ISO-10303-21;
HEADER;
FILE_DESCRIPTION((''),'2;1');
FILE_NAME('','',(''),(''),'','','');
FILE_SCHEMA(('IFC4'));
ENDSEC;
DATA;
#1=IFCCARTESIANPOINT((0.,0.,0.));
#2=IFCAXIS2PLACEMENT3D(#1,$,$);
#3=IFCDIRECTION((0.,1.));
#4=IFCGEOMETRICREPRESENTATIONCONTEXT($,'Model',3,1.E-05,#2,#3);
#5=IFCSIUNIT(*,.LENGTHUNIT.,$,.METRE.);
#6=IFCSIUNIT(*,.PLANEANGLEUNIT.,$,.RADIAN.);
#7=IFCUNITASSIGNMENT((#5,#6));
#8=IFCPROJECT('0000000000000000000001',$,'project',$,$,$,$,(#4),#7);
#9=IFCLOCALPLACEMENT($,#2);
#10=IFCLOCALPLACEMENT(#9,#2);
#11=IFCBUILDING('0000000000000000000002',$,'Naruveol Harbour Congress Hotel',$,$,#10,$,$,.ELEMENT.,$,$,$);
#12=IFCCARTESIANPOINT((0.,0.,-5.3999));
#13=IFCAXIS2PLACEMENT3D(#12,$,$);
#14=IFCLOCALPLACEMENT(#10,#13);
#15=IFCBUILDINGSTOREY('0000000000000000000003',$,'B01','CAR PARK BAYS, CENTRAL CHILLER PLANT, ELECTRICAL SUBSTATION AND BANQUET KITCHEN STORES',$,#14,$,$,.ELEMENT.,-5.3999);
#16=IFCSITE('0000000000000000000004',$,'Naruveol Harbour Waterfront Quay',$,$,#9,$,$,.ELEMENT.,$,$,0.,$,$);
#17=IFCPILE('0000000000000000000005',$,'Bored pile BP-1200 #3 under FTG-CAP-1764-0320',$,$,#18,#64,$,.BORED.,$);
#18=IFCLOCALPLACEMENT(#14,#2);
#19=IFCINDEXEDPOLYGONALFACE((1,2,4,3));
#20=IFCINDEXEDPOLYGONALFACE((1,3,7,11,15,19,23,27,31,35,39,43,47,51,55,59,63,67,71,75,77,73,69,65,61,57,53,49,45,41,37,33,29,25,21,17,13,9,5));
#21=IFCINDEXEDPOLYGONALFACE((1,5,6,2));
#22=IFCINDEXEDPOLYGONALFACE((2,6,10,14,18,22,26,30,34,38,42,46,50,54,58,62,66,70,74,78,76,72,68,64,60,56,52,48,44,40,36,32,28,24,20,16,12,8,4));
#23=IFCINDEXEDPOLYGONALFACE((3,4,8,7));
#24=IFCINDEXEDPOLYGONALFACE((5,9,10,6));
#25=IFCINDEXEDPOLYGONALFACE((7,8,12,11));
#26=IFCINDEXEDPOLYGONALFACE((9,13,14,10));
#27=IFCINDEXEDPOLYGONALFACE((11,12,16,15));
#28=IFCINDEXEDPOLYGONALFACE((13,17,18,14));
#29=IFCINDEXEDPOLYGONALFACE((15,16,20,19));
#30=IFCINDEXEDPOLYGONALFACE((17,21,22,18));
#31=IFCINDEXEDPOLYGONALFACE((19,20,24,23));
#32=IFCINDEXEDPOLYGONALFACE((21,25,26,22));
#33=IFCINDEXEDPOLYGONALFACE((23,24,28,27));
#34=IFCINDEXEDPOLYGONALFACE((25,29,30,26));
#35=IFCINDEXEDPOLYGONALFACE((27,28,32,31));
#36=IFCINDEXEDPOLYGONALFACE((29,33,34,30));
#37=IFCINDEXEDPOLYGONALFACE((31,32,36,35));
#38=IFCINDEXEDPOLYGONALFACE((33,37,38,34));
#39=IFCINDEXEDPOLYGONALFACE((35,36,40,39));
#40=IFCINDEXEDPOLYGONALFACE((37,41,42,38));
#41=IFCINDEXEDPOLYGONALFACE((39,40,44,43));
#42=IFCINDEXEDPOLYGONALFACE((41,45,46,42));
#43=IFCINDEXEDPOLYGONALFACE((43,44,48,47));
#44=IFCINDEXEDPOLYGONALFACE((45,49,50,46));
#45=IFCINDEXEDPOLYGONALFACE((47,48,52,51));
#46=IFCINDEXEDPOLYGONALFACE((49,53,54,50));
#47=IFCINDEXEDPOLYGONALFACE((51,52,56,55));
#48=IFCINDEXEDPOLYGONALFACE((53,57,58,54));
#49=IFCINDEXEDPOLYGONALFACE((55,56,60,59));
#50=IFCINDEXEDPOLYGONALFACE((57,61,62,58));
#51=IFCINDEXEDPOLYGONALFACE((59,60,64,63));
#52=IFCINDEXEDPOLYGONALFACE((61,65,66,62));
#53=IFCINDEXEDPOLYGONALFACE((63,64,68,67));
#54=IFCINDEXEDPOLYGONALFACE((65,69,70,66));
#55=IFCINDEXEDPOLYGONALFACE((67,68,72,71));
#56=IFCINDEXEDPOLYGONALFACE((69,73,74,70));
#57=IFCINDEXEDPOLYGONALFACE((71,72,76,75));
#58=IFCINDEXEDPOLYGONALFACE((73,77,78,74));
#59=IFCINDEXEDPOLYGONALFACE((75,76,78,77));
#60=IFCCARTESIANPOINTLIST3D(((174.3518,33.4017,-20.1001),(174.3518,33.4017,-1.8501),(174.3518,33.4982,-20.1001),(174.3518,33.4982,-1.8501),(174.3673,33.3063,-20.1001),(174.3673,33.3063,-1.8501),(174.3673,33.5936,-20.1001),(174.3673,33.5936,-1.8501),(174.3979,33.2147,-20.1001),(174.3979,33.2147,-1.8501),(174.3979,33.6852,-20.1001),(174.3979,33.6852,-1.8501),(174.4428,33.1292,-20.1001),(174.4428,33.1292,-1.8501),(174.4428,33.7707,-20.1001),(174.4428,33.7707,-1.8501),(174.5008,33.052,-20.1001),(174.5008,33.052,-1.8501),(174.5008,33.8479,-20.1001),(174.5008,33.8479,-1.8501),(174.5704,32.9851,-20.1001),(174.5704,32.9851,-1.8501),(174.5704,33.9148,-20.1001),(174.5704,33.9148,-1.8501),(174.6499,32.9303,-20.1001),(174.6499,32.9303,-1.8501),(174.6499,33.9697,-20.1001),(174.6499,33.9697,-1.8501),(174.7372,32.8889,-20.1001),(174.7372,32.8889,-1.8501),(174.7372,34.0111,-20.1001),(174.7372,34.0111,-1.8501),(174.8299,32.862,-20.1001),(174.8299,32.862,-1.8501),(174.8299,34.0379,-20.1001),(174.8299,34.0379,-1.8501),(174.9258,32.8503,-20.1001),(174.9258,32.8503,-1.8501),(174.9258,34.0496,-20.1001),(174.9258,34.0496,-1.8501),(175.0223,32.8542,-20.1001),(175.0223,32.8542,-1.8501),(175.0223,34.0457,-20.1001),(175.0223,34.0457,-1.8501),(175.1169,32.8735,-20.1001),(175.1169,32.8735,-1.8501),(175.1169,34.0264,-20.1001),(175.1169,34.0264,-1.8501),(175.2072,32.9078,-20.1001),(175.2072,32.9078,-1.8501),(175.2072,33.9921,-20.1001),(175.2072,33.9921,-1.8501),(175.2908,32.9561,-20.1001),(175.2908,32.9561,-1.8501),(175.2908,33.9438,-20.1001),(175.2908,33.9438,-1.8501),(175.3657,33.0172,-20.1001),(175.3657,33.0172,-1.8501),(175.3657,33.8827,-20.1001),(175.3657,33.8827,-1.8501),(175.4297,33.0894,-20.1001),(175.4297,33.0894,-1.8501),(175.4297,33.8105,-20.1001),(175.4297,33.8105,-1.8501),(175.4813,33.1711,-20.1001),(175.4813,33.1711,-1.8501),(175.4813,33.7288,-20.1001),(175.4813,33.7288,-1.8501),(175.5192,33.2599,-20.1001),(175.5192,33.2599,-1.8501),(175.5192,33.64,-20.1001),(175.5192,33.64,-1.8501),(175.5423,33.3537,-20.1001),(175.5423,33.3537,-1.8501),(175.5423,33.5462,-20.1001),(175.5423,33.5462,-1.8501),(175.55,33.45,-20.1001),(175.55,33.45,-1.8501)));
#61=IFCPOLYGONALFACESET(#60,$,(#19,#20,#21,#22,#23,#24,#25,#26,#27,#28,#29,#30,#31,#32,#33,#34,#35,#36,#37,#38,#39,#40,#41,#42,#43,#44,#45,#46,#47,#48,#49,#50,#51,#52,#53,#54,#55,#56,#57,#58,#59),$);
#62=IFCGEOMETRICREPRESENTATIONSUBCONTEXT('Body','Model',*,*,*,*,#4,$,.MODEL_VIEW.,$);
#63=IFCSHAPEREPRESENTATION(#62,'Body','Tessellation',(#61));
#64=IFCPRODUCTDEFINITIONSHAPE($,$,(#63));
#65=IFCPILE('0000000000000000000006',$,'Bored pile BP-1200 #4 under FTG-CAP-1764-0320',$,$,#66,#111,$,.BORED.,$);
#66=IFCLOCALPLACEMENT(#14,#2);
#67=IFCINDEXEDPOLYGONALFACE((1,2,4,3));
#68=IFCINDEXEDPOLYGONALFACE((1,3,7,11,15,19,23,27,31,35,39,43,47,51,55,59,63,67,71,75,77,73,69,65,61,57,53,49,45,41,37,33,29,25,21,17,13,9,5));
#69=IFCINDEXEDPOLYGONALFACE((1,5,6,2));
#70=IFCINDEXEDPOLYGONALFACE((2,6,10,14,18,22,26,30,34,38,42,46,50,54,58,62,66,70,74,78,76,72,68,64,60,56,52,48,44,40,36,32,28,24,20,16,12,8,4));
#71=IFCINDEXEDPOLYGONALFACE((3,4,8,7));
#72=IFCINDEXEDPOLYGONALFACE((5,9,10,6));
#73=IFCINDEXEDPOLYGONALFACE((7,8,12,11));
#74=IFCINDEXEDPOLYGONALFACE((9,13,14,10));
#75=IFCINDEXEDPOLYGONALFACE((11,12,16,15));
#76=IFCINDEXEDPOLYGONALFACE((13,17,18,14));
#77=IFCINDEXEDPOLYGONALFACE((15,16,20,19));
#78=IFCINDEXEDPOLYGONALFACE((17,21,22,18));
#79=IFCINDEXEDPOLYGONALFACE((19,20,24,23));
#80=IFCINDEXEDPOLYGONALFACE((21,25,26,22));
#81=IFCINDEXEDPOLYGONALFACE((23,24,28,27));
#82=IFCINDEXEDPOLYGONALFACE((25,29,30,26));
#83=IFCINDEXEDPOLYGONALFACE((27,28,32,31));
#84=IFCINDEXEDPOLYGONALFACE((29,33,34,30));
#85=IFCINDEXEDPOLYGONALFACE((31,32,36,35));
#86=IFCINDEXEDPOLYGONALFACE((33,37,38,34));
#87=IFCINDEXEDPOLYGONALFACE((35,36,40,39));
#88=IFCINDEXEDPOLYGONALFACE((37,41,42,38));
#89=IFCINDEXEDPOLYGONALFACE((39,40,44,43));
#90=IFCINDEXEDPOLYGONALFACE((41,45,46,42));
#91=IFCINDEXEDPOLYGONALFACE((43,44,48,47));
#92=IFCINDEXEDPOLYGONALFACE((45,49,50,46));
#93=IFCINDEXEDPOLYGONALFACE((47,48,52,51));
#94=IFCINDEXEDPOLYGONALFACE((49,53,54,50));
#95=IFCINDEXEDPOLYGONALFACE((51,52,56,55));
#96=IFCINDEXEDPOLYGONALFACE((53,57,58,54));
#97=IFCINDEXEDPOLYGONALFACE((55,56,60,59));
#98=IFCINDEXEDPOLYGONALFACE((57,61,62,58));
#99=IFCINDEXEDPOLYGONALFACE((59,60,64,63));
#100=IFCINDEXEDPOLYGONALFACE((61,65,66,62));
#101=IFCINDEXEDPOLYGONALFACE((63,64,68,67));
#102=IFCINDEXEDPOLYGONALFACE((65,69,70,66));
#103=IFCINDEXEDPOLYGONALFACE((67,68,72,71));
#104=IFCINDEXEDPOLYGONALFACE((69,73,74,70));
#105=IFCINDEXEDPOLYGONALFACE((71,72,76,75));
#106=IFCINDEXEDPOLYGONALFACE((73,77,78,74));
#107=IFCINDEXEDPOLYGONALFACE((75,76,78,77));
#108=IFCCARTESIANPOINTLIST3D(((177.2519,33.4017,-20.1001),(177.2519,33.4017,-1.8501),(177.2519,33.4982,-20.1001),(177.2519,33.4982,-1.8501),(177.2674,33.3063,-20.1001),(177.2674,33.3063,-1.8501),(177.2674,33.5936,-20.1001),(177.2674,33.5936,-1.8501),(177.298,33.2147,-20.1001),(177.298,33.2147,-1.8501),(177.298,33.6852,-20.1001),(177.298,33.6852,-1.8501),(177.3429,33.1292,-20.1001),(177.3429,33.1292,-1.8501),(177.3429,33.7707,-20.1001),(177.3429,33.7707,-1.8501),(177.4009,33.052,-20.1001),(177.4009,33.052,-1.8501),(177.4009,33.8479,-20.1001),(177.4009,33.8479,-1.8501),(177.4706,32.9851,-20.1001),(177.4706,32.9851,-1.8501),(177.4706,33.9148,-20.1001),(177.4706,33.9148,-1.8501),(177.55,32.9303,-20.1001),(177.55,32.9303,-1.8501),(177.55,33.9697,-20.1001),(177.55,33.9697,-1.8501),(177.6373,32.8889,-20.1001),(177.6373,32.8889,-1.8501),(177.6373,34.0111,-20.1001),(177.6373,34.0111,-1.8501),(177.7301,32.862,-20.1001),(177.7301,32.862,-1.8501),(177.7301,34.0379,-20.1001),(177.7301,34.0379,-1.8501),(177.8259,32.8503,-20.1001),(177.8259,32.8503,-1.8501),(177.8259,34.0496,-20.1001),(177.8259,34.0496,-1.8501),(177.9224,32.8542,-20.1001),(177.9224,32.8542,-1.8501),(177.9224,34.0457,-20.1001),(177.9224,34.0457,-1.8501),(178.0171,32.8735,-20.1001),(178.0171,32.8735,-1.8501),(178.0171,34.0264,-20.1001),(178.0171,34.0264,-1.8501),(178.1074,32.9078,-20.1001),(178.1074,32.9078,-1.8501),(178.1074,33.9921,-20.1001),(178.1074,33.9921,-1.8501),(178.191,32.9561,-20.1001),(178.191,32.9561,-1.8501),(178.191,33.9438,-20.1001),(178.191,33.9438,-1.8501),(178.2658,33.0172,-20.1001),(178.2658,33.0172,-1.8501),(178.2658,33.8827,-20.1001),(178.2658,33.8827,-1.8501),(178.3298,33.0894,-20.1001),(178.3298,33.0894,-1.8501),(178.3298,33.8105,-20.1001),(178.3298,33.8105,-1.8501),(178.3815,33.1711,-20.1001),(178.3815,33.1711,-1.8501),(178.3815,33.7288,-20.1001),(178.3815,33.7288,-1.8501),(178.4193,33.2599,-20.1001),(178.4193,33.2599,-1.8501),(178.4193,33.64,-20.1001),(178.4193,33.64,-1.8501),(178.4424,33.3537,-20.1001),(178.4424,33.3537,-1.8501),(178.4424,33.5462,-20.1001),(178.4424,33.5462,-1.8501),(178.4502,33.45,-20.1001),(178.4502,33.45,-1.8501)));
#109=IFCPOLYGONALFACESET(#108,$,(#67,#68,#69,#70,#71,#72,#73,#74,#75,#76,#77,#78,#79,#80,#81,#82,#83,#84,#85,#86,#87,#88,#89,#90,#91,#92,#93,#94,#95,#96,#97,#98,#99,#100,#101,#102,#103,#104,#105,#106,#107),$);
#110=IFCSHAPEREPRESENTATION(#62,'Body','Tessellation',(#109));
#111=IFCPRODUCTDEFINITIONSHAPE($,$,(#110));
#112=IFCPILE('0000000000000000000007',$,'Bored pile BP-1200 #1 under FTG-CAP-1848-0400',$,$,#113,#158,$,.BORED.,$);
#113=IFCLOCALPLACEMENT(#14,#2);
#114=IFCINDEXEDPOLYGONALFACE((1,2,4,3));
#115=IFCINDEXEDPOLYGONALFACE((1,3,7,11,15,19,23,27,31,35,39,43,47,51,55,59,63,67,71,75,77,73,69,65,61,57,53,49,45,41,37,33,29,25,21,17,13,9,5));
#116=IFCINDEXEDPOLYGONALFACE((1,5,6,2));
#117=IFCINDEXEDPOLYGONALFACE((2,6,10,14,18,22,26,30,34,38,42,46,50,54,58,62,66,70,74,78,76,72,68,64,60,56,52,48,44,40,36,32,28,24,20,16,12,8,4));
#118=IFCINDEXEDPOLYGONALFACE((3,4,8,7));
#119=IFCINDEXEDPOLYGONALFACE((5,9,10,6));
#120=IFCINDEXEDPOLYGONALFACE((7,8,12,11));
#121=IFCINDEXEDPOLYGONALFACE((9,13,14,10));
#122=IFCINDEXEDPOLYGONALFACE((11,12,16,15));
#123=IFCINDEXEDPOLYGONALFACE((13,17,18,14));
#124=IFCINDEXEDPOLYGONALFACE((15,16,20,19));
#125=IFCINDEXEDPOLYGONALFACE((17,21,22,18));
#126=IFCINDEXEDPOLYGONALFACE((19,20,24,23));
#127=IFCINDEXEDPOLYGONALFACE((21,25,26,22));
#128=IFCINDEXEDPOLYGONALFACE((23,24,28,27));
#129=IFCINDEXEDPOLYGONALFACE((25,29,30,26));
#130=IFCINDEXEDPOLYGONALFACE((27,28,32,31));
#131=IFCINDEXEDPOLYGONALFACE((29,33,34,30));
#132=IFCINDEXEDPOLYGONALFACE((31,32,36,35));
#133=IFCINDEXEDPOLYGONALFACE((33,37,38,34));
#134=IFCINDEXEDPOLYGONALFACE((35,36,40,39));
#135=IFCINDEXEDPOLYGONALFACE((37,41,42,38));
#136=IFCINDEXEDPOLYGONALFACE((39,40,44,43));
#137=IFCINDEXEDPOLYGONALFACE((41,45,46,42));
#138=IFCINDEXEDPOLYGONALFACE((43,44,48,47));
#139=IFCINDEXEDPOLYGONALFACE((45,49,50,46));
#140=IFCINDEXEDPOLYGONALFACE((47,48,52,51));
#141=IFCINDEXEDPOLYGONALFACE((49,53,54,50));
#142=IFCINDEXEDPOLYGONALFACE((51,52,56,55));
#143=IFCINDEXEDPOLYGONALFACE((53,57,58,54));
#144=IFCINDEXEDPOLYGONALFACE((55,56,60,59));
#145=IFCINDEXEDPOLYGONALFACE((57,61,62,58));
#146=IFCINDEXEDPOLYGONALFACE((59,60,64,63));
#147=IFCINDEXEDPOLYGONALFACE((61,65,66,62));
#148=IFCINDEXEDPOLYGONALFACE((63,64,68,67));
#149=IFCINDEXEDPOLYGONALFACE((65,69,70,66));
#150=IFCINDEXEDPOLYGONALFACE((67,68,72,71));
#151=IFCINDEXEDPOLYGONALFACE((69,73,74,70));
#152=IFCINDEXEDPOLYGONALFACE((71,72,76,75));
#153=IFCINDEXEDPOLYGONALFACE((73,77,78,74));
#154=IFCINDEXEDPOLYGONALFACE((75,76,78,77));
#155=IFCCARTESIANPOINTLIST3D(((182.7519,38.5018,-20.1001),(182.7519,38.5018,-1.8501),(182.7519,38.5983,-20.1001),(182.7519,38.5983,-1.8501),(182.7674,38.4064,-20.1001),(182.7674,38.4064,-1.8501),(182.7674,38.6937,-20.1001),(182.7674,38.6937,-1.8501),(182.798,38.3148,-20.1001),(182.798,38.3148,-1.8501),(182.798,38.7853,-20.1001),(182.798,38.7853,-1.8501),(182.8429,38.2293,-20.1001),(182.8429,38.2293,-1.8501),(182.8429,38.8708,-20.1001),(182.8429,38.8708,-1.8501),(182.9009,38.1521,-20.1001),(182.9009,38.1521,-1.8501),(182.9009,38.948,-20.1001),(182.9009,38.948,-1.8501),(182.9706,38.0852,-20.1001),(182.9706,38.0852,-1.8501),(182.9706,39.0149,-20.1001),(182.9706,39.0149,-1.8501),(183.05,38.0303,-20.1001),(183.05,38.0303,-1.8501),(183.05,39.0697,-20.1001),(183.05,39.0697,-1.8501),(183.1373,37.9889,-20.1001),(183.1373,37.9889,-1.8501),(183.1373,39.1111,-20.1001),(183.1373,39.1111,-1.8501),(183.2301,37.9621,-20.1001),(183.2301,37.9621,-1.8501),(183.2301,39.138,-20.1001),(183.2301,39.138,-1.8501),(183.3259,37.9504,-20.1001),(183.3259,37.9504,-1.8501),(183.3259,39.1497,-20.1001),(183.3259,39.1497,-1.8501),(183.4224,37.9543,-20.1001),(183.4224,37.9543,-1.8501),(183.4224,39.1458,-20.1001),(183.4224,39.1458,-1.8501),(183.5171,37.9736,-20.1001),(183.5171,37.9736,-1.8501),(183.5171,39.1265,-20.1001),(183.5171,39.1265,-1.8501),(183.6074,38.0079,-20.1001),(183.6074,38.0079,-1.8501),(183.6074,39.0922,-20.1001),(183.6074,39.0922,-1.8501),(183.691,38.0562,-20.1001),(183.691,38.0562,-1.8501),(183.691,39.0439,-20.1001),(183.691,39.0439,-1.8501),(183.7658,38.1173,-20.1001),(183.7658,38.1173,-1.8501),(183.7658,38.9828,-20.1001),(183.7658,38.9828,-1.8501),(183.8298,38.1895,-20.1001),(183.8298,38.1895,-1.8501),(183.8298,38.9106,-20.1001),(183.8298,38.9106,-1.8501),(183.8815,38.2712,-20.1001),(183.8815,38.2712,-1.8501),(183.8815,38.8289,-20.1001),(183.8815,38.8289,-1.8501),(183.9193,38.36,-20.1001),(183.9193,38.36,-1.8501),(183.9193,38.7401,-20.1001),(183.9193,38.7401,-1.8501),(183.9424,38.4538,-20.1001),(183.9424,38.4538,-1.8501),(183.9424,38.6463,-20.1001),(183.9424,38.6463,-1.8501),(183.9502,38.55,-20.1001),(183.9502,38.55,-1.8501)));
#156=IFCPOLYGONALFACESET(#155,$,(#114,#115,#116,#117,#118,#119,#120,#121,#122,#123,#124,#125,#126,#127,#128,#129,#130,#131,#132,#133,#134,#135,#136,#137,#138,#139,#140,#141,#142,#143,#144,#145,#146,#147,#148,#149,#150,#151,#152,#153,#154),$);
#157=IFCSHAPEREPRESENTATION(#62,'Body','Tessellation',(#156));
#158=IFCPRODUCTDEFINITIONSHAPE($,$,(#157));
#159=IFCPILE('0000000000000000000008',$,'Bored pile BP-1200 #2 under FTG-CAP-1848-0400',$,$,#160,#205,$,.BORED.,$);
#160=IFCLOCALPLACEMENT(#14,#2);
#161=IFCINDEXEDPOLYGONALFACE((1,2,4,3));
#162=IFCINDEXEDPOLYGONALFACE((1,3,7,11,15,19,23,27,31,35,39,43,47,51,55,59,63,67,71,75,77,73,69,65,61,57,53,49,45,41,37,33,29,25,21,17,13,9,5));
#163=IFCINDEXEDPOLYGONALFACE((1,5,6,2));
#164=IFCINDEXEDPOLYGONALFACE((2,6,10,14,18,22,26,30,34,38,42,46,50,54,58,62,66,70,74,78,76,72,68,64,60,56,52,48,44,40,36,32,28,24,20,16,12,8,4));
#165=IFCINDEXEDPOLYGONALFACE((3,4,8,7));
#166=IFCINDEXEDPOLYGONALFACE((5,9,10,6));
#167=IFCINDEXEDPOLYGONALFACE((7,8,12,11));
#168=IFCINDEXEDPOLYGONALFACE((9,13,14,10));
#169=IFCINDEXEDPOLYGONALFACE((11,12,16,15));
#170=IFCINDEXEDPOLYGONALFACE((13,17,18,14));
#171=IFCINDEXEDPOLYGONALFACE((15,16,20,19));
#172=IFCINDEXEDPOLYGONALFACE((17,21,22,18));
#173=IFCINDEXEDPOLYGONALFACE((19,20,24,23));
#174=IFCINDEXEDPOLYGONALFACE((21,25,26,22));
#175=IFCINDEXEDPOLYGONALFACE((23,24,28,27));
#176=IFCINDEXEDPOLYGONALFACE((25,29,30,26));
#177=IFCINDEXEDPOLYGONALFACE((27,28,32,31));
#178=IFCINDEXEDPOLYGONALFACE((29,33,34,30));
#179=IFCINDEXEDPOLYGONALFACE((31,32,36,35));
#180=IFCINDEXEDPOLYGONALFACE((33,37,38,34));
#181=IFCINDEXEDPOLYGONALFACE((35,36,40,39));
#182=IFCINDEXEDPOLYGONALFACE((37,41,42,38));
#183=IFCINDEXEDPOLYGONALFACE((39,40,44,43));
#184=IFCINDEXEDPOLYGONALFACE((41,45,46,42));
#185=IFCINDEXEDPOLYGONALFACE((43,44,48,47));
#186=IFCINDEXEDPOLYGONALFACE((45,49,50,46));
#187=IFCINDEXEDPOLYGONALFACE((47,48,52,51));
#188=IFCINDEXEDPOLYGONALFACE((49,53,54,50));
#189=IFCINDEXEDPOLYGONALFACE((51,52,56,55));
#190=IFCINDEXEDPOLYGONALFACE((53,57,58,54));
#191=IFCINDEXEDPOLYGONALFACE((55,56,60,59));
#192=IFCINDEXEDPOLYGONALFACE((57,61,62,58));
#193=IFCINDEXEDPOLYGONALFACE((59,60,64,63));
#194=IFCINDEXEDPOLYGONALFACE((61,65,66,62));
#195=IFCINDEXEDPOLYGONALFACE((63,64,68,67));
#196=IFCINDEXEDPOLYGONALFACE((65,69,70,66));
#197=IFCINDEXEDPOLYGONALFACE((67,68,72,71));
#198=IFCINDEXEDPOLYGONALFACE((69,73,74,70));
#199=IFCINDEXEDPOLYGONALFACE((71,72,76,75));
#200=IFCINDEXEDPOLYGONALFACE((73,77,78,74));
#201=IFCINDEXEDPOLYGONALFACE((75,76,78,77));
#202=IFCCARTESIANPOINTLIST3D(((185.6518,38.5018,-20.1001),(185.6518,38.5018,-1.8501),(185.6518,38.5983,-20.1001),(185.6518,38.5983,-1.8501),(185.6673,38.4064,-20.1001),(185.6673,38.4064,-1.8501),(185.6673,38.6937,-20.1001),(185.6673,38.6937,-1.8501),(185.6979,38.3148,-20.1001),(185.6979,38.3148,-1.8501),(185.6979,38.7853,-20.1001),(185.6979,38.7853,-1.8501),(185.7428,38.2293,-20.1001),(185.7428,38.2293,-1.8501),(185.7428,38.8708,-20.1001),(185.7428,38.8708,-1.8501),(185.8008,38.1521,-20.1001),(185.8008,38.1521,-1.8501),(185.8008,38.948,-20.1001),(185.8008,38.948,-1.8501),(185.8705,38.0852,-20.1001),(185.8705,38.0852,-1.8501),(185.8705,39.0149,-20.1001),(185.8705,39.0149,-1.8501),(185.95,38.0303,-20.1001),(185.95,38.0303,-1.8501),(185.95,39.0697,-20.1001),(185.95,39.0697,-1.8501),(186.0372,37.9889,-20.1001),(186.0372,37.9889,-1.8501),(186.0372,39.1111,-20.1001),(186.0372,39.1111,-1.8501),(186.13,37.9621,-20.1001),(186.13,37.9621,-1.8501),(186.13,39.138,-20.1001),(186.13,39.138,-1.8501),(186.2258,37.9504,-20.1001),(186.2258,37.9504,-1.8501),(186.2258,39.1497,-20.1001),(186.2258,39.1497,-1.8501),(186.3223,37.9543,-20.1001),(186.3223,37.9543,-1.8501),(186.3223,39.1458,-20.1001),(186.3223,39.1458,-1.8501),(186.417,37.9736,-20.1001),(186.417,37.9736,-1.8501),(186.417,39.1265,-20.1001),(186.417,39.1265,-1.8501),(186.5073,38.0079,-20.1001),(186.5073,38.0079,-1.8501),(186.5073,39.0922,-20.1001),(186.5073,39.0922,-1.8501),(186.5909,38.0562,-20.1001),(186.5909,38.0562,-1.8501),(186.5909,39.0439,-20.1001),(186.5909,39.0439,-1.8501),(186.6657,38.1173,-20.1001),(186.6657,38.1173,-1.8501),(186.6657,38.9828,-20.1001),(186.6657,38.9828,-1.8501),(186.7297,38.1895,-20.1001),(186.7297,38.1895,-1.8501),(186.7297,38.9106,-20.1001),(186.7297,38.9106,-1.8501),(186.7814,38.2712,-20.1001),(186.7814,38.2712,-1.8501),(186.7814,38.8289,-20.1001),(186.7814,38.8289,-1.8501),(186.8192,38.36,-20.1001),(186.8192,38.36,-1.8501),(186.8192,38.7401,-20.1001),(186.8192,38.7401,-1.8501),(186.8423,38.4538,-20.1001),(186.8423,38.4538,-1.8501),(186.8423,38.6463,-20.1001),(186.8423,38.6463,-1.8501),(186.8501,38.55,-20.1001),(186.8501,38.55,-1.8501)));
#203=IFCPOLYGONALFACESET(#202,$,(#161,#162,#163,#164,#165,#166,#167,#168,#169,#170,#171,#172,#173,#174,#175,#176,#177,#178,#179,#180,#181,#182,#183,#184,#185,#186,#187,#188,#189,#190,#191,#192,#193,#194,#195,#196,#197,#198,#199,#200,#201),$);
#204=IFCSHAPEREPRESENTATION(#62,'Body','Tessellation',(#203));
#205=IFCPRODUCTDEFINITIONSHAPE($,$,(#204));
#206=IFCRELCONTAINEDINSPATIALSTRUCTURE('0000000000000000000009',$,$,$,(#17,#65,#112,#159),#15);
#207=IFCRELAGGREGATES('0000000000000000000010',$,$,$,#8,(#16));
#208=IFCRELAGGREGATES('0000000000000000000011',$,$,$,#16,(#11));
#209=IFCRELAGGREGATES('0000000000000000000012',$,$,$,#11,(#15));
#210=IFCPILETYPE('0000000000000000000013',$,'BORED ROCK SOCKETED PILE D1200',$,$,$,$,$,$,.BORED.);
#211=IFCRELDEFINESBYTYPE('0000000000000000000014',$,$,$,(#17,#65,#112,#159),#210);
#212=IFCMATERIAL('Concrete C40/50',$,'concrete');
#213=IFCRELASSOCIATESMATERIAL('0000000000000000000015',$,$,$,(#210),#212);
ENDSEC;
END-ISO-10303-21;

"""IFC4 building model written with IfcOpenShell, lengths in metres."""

from ifc_helpers import new_model, si_unit, direction, frame, origin, origin_2d, place, context, subcontext, project, spatial, circle, extrude, material, material_profile, profile_set, type_object, element, save


model = new_model("IFC4")

# Units and contexts
model_context = context("Model", 3, precision=1e-05, world=origin(), true_north=direction((0.0, 1.0)))
body_context = subcontext(model_context, "Body", "Model", "MODEL_VIEW")
ifc_project = project(units=[si_unit("LENGTHUNIT", "METRE"), si_unit("PLANEANGLEUNIT", "RADIAN")], contexts=[model_context])

# Site, building, storey
site_placement = place(None, origin())
site = spatial("IfcSite", under=ifc_project, at=site_placement, Name="Naruveol Harbour Waterfront Quay", CompositionType="ELEMENT", RefElevation=0.0)
building_placement = place(site_placement, origin())
building = spatial("IfcBuilding", under=site, at=building_placement, Name="Naruveol Harbour Congress Hotel", CompositionType="ELEMENT")
storey_placement = place(building_placement, frame((0.0, 0.0, -5.3999)))
storey = spatial("IfcBuildingStorey", under=building, at=storey_placement, Name="B01", Description="CAR PARK BAYS, CENTRAL CHILLER PLANT, ELECTRICAL SUBSTATION AND BANQUET KITCHEN STORES", CompositionType="ELEMENT", Elevation=-5.3999)

# Piles
ifc_material_1 = material(Name="Concrete C40/50", Category="concrete")
ifc_material_profile_1 = material_profile(ifc_material_1, circle(Radius=0.6001, at=origin_2d()), Name="BP-1200")
ifc_profile_set_1 = profile_set([ifc_material_profile_1], Name="Concrete C40/50")
pile_type = type_object("IfcPileType", Name="BORED ROCK SOCKETED PILE D1200", PredefinedType="BORED", material=ifc_profile_set_1)
for number, where, z_axis, x_axis, name in (
    (1, (174.95, 33.45, -1.8501), (0.0, 0.0, -1.0), (1.0, 0.0, 0.0), "Bored pile BP-1200 #3 under FTG-CAP-1764-0320"),
    (2, (177.8501, 33.45, -1.8501), (0.0, 0.0, -1.0), (1.0, 0.0, 0.0), "Bored pile BP-1200 #4 under FTG-CAP-1764-0320"),
    (3, (183.3501, 38.55, -1.8501), (0.0, 0.0, -1.0), (1.0, 0.0, 0.0), "Bored pile BP-1200 #1 under FTG-CAP-1848-0400"),
    (4, (186.25, 38.55, -1.8501), (0.0, 0.0, -1.0), (1.0, 0.0, 0.0), "Bored pile BP-1200 #2 under FTG-CAP-1848-0400"),
):
    element("IfcPile", number, at=place(storey_placement, frame(where, z_axis=z_axis, x_axis=x_axis)), inside=storey, type_object=pile_type, Name=name, PredefinedType="BORED", context=body_context, shape_type="SweptSolid", body=[
        extrude(circle(Radius=0.6001, at=origin_2d()), origin(), (0.0, 0.0, 1.0), 18.25),
    ])

save(model, "model.ifc")
